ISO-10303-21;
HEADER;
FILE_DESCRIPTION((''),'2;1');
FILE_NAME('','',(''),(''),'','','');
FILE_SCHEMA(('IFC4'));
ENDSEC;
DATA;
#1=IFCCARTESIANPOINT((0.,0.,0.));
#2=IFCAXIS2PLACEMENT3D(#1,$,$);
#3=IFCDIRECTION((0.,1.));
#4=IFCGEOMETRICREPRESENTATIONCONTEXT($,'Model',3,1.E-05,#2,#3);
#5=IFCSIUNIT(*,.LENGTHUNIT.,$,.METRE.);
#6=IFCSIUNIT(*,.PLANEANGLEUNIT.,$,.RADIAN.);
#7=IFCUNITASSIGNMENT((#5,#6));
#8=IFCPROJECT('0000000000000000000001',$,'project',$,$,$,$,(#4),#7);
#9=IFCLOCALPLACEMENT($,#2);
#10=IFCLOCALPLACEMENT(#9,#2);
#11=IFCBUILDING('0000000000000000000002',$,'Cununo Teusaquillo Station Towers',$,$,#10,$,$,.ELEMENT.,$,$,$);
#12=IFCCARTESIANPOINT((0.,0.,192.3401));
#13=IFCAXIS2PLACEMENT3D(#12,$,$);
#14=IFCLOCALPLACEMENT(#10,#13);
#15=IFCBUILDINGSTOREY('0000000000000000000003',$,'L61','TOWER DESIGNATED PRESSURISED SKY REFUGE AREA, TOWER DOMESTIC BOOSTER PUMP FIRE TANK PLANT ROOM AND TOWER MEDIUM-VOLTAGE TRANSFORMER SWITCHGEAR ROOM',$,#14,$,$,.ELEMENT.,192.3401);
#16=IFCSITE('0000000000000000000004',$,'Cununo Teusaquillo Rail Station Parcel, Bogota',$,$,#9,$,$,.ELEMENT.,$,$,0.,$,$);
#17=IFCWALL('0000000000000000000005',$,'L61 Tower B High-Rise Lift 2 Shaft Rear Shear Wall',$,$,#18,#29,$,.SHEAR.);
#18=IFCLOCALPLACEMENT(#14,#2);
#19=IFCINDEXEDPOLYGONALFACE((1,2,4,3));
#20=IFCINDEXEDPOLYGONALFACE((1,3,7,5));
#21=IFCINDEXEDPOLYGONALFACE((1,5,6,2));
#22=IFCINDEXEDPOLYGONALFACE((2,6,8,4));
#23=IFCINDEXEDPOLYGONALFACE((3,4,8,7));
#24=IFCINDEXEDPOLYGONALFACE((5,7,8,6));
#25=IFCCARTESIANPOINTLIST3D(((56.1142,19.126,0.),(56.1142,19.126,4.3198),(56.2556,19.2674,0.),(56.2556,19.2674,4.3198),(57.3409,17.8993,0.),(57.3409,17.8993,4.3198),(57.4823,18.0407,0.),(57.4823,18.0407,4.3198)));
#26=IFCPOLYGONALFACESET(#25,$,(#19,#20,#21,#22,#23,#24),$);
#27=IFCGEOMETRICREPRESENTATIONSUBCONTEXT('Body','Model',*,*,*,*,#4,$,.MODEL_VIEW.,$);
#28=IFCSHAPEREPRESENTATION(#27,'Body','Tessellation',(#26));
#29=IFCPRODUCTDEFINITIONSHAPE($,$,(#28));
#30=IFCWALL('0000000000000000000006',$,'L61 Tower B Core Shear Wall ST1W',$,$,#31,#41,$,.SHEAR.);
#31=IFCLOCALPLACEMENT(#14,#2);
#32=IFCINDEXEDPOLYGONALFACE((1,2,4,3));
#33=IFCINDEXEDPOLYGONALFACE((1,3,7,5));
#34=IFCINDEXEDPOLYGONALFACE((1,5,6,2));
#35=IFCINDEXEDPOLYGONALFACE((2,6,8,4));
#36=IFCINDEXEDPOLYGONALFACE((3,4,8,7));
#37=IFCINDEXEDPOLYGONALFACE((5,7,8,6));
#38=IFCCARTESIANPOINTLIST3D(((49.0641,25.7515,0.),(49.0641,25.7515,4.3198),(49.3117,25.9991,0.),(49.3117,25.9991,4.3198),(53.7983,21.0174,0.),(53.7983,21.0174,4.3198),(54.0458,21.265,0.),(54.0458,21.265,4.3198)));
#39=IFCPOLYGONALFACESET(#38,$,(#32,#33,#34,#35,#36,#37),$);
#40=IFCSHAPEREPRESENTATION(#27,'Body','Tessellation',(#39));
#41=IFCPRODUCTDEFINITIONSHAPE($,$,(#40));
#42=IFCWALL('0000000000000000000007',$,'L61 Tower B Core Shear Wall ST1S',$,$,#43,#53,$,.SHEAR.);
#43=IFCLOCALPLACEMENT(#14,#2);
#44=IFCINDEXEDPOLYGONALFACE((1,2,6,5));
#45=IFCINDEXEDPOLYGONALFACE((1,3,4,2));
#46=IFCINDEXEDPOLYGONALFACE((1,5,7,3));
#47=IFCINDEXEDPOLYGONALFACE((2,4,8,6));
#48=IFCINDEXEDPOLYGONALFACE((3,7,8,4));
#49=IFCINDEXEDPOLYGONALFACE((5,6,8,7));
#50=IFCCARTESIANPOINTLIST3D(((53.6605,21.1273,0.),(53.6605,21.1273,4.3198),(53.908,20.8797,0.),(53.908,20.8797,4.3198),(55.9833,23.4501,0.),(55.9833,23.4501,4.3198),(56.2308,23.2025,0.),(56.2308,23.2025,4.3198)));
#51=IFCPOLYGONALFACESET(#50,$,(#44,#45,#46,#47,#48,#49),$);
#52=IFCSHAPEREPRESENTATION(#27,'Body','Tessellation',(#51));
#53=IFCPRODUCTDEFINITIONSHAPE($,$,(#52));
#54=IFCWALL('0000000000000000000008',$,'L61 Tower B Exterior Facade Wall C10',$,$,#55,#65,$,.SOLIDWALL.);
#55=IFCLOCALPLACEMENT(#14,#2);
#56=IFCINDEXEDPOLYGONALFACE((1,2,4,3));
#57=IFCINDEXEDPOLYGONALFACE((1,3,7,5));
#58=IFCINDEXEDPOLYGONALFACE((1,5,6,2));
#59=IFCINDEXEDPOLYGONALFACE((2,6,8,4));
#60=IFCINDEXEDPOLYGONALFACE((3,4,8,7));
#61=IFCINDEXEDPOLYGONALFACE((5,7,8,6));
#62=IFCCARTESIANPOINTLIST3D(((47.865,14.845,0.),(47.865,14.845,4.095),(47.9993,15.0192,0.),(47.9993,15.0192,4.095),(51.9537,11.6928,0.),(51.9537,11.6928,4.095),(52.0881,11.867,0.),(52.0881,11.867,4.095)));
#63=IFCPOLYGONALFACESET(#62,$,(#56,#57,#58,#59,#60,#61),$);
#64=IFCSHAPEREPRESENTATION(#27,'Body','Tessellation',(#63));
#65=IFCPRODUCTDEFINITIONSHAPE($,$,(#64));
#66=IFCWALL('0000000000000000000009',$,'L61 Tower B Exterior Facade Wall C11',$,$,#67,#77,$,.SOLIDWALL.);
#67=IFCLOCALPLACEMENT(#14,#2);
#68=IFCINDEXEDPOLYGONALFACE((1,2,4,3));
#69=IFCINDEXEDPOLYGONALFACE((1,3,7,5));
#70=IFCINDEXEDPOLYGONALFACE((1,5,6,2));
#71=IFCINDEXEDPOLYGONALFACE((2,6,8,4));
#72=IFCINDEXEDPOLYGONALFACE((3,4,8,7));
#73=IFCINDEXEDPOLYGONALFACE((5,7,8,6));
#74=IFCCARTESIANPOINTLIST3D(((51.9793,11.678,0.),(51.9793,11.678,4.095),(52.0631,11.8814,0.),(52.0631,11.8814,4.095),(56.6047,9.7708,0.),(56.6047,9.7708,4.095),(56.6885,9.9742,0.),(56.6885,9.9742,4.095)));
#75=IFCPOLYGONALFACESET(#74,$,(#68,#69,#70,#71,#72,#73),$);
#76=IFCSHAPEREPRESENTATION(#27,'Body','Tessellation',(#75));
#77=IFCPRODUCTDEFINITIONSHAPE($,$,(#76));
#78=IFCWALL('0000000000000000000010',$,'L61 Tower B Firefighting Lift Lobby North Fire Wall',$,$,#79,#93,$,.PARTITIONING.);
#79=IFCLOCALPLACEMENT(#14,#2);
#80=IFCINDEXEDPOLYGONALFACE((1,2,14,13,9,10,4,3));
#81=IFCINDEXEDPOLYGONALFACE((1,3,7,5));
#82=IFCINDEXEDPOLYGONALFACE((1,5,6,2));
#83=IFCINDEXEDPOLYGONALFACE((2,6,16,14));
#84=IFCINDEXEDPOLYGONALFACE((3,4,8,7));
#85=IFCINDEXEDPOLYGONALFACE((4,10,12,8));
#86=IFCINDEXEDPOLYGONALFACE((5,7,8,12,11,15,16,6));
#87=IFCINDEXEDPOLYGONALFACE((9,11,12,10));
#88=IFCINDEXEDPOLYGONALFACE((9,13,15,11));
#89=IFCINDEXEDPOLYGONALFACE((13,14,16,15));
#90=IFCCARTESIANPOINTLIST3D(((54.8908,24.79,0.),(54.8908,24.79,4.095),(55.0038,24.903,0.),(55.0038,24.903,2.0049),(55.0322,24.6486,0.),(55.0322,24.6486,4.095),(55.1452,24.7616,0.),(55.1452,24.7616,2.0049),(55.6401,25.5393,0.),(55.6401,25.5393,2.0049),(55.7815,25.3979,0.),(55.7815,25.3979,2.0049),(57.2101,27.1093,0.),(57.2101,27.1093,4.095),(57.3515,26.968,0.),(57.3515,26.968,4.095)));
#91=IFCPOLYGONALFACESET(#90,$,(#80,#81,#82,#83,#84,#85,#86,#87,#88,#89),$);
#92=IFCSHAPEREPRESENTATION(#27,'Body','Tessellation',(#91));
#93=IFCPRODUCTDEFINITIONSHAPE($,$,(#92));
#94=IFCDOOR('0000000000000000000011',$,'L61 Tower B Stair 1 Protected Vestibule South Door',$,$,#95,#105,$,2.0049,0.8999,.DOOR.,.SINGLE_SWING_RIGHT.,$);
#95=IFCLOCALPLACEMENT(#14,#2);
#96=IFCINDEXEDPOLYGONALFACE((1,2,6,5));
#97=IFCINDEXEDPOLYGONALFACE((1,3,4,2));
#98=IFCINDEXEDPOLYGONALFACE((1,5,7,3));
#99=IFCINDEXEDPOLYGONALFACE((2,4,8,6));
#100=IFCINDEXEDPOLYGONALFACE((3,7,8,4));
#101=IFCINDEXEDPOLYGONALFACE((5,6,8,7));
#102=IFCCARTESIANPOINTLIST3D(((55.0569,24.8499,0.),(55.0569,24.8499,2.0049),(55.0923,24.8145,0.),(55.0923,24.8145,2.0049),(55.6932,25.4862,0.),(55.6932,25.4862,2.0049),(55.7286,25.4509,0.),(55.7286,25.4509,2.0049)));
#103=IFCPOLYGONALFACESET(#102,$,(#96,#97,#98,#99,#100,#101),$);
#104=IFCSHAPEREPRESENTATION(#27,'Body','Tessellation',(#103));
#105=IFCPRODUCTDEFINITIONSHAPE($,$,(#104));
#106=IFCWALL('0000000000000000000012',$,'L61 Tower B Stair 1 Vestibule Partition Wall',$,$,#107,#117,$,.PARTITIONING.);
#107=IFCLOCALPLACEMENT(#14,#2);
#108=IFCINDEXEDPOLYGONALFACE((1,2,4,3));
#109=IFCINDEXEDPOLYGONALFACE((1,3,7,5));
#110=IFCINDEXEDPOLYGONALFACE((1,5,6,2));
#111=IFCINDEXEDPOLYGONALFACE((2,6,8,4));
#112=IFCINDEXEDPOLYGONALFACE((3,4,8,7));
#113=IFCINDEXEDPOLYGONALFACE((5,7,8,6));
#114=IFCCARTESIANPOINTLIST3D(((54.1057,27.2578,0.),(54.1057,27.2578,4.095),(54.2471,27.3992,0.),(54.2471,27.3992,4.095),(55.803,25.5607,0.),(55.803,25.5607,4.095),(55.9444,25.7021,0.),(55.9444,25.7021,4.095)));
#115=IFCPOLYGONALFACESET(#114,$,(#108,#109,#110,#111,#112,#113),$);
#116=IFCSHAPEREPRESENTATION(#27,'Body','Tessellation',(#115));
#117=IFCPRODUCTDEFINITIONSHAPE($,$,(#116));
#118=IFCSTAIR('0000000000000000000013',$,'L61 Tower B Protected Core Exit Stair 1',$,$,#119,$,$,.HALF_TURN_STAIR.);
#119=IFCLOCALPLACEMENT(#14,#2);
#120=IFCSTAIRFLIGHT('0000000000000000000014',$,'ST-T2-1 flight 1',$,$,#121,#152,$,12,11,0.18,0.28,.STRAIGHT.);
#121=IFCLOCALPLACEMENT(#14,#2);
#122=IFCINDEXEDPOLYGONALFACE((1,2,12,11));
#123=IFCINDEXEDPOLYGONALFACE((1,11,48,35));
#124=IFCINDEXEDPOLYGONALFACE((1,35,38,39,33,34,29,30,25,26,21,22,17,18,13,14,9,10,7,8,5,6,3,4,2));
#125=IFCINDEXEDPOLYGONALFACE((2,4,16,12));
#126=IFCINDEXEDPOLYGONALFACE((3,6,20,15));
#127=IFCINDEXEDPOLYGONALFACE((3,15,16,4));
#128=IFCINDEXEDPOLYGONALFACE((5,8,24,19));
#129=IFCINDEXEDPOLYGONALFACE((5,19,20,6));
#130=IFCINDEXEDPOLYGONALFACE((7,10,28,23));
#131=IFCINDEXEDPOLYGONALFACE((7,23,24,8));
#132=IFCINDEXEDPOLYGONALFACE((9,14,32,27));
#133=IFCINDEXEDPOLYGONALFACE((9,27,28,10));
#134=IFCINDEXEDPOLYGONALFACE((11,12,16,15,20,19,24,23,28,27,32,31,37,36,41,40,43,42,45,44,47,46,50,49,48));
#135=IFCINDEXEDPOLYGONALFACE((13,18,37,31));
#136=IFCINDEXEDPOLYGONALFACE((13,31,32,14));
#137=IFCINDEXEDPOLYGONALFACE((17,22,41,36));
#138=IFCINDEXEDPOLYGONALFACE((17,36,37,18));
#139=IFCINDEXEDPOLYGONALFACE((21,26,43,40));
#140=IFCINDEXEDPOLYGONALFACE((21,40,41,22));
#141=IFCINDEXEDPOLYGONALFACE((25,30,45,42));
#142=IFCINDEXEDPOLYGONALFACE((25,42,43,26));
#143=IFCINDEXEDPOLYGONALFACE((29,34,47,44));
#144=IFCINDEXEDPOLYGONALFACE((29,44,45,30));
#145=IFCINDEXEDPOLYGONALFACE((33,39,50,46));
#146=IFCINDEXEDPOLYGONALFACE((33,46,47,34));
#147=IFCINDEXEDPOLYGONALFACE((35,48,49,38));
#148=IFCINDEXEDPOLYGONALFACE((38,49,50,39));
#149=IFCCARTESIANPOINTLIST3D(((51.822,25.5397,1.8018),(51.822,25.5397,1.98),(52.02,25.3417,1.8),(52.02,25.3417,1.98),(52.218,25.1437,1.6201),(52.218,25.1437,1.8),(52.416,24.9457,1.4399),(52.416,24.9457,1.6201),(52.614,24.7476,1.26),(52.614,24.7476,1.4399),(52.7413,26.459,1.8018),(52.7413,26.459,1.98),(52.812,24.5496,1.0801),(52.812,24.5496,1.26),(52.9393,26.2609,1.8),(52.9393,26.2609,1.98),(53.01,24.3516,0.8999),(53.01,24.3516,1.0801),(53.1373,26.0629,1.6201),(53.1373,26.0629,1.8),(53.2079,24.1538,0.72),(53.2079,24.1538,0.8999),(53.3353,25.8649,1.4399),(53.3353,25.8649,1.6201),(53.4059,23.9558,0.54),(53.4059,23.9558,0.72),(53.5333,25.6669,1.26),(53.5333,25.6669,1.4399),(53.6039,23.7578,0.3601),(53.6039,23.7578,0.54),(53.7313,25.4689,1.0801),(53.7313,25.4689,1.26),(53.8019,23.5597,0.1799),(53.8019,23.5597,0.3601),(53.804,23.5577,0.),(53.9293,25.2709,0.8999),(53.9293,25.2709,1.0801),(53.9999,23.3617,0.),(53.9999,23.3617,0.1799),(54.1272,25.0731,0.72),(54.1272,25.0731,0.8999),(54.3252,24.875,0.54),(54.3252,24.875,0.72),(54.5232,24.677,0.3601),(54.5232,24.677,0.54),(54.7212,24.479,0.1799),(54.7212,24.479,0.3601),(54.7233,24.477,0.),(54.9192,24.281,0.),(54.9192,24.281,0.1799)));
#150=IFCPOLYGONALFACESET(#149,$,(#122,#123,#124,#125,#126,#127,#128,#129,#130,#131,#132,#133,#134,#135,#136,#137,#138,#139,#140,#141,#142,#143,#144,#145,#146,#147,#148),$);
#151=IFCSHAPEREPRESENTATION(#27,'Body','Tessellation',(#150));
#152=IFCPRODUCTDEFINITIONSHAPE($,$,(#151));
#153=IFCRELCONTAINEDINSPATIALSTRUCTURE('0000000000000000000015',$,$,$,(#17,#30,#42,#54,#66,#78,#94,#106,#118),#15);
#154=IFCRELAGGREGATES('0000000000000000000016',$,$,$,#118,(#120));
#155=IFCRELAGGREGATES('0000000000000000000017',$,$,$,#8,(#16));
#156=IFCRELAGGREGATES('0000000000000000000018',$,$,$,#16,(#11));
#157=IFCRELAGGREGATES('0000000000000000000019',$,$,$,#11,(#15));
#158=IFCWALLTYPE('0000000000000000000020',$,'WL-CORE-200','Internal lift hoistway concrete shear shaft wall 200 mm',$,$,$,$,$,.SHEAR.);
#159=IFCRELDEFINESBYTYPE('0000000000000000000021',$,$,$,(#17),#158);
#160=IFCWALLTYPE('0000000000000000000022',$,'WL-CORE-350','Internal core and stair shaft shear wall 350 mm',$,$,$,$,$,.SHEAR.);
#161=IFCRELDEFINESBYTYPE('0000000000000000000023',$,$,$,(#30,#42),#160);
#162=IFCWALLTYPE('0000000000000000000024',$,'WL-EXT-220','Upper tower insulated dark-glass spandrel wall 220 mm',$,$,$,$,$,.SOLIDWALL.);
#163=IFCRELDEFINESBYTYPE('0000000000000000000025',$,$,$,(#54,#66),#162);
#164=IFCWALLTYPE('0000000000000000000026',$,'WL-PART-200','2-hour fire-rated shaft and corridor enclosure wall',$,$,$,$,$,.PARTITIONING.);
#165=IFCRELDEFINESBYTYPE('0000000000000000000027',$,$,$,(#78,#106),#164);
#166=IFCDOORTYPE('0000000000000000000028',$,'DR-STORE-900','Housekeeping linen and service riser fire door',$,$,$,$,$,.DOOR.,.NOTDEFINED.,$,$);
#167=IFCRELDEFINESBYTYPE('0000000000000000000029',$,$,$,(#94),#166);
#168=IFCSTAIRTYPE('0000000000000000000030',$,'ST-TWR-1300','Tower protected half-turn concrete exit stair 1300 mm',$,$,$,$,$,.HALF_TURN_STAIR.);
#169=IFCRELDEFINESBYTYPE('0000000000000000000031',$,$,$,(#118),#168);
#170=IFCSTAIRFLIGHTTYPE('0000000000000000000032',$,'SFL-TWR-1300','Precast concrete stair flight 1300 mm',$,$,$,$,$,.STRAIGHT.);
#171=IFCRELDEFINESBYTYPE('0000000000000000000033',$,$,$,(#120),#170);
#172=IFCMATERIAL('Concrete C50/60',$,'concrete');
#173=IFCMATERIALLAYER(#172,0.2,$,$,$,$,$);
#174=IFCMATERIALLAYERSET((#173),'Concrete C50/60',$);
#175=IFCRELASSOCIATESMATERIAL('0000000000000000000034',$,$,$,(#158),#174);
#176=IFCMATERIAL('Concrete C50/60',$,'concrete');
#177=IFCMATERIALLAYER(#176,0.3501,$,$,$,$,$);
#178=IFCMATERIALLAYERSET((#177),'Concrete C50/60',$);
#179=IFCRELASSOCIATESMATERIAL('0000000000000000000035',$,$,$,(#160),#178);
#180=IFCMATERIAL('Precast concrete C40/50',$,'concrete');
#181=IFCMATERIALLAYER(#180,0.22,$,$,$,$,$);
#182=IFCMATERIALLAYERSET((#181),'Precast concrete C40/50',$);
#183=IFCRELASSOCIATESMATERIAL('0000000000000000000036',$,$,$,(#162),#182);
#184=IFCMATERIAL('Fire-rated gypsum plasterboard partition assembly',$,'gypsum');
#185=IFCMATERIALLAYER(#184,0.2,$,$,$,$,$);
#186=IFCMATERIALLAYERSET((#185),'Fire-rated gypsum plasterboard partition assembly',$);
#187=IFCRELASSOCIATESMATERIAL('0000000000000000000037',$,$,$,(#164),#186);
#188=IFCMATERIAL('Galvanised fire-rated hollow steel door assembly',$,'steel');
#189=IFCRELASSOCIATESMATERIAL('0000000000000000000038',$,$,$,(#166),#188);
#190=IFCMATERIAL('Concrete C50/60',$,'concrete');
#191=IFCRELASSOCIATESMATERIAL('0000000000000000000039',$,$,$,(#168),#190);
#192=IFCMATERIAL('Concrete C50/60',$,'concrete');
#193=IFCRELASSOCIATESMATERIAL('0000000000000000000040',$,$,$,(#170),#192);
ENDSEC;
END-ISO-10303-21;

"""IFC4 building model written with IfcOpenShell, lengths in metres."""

from ifc_helpers import new_model, si_unit, direction, frame, frame_2d, origin, place, context, subcontext, project, spatial, polyline, rectangle, outline, extrude, source, transform, mapped, material, layer, layer_set, type_object, element, fill, aggregate, save


model = new_model("IFC4")

# Units and contexts
model_context = context("Model", 3, precision=1e-05, world=origin(), true_north=direction((0.0, 1.0)))
body_context = subcontext(model_context, "Body", "Model", "MODEL_VIEW")
ifc_project = project(units=[si_unit("LENGTHUNIT", "METRE"), si_unit("PLANEANGLEUNIT", "RADIAN")], contexts=[model_context])

# Site, building, storey
site_placement = place(None, origin())
site = spatial("IfcSite", under=ifc_project, at=site_placement, Name="Cununo Teusaquillo Rail Station Parcel, Bogota", CompositionType="ELEMENT", RefElevation=0.0)
building_placement = place(site_placement, origin())
building = spatial("IfcBuilding", under=site, at=building_placement, Name="Cununo Teusaquillo Station Towers", CompositionType="ELEMENT")
storey_placement = place(building_placement, frame((0.0, 0.0, 192.3401)))
storey = spatial("IfcBuildingStorey", under=building, at=storey_placement, Name="L61", Description="TOWER DESIGNATED PRESSURISED SKY REFUGE AREA, TOWER DOMESTIC BOOSTER PUMP FIRE TANK PLANT ROOM AND TOWER MEDIUM-VOLTAGE TRANSFORMER SWITCHGEAR ROOM", CompositionType="ELEMENT", Elevation=192.3401)

# Walls
ifc_material_1 = material(Name="Concrete C50/60", Category="concrete")
ifc_layer_1 = layer(ifc_material_1, 0.2)
ifc_layer_set_1 = layer_set([ifc_layer_1], Name="Concrete C50/60")
wall_type_1 = type_object("IfcWallType", Name="WL-CORE-200", Description="Internal lift hoistway concrete shear shaft wall 200 mm", PredefinedType="SHEAR", material=ifc_layer_set_1)
wall_1_placement = place(storey_placement, frame((57.4116, 17.97, 0.0), z_axis=(0.0, 0.0, 1.0), x_axis=(-0.707107, 0.707107, 0.0)))
element("IfcWall", 1, at=wall_1_placement, inside=storey, type_object=wall_type_1, Name="L61 Tower B High-Rise Lift 2 Shaft Rear Shear Wall", PredefinedType="SHEAR", context=body_context, shape_type="SweptSolid", body=[
    extrude(rectangle(XDim=1.7349, YDim=0.2, at=frame_2d((0.8674, 0.0))), origin(), (0.0, 0.0, 1.0), 4.3198),
])
ifc_material_2 = material(Name="Concrete C50/60", Category="concrete")
ifc_layer_2 = layer(ifc_material_2, 0.3501)
ifc_layer_set_2 = layer_set([ifc_layer_2], Name="Concrete C50/60")
wall_type_2 = type_object("IfcWallType", Name="WL-CORE-350", Description="Internal core and stair shaft shear wall 350 mm", PredefinedType="SHEAR", material=ifc_layer_set_2)
wall_2_placement = place(storey_placement, frame((53.9221, 21.1411, 0.0), z_axis=(0.0, 0.0, 1.0), x_axis=(-0.707107, 0.707107, 0.0)))
element("IfcWall", 2, at=wall_2_placement, inside=storey, type_object=wall_type_2, Name="L61 Tower B Core Shear Wall ST1W", PredefinedType="SHEAR", context=body_context, shape_type="SweptSolid", body=[
    extrude(rectangle(XDim=6.6951, YDim=0.3501, at=frame_2d((3.3477, 0.0))), origin(), (0.0, 0.0, 1.0), 4.3198),
])
wall_3_placement = place(storey_placement, frame((53.7842, 21.0034, 0.0), z_axis=(0.0, 0.0, 1.0), x_axis=(0.707107, 0.707107, 0.0)))
element("IfcWall", 3, at=wall_3_placement, inside=storey, type_object=wall_type_2, Name="L61 Tower B Core Shear Wall ST1S", PredefinedType="SHEAR", context=body_context, shape_type="SweptSolid", body=[
    extrude(rectangle(XDim=3.2849, YDim=0.3501, at=frame_2d((1.6426, 0.0))), origin(), (0.0, 0.0, 1.0), 4.3198),
])
ifc_material_3 = material(Name="Precast concrete C40/50", Category="concrete")
ifc_layer_3 = layer(ifc_material_3, 0.22)
ifc_layer_set_3 = layer_set([ifc_layer_3], Name="Precast concrete C40/50")
wall_type_3 = type_object("IfcWallType", Name="WL-EXT-220", Description="Upper tower insulated dark-glass spandrel wall 220 mm", PredefinedType="SOLIDWALL", material=ifc_layer_set_3)
wall_4_placement = place(storey_placement, frame((52.021, 11.7798, 0.0), z_axis=(0.0, 0.0, 1.0), x_axis=(-0.791963, 0.61057, 0.0)))
element("IfcWall", 4, at=wall_4_placement, inside=storey, type_object=wall_type_3, Name="L61 Tower B Exterior Facade Wall C10", PredefinedType="SOLIDWALL", context=body_context, shape_type="SweptSolid", body=[
    extrude(rectangle(XDim=5.1628, YDim=0.22, at=frame_2d((2.5815, 0.0))), origin(), (0.0, 0.0, 1.0), 4.095),
])
wall_5_placement = place(storey_placement, frame((56.6465, 9.8726, 0.0), z_axis=(0.0, 0.0, 1.0), x_axis=(-0.924494, 0.381196, 0.0)))
element("IfcWall", 5, at=wall_5_placement, inside=storey, type_object=wall_type_3, Name="L61 Tower B Exterior Facade Wall C11", PredefinedType="SOLIDWALL", context=body_context, shape_type="SweptSolid", body=[
    extrude(rectangle(XDim=5.0032, YDim=0.22, at=frame_2d((2.5015, 0.0))), origin(), (0.0, 0.0, 1.0), 4.095),
])

# Wall, opening, door
ifc_material_4 = material(Name="Fire-rated gypsum plasterboard partition assembly", Category="gypsum")
ifc_layer_4 = layer(ifc_material_4, 0.2)
ifc_layer_set_4 = layer_set([ifc_layer_4], Name="Fire-rated gypsum plasterboard partition assembly")
wall_type_4 = type_object("IfcWallType", Name="WL-PART-200", Description="2-hour fire-rated shaft and corridor enclosure wall", PredefinedType="PARTITIONING", material=ifc_layer_set_4)
wall_6_placement = place(storey_placement, frame((54.9614, 24.7192, 0.0), z_axis=(0.0, 0.0, 1.0), x_axis=(0.707107, 0.707107, 0.0)))
wall_6 = element("IfcWall", 6, at=wall_6_placement, inside=storey, type_object=wall_type_4, Name="L61 Tower B Firefighting Lift Lobby North Fire Wall", PredefinedType="PARTITIONING", context=body_context, shape_type="SweptSolid", body=[
    extrude(rectangle(XDim=3.28, YDim=0.2, at=frame_2d((1.6401, 0.0))), origin(), (0.0, 0.0, 1.0), 4.095),
])
shared_shape_1 = source(origin(), body_context, "Body", "SweptSolid", [
    extrude(rectangle(XDim=0.8999, YDim=2.0049, at=frame_2d((0.45, 1.0024))), frame((0.0, 0.1099, 0.0), z_axis=(0.0, -1.0, 0.0), x_axis=(1.0, 0.0, 0.0)), (0.0, 0.0, 1.0), 0.22),
])
opening_placement = place(wall_6_placement, frame((0.1599, 0.0, 0.0)))
opening = element("IfcOpeningElement", 7, at=opening_placement, cuts=wall_6, PredefinedType="OPENING", context=body_context, shape_type="MappedRepresentation", body=[
    mapped(shared_shape_1, transform((0.0, 0.0, 0.0), x_axis=(1.0, 0.0, 0.0), y_axis=(0.0, 1.0, 0.0), z_axis=(0.0, 0.0, 1.0), scale=1.0)),
])
ifc_material_5 = material(Name="Galvanised fire-rated hollow steel door assembly", Category="steel")
door_type = type_object("IfcDoorType", Name="DR-STORE-900", Description="Housekeeping linen and service riser fire door", OperationType="NOTDEFINED", PredefinedType="DOOR", material=ifc_material_5)
shared_shape_2 = source(origin(), body_context, "Body", "SweptSolid", [
    extrude(rectangle(XDim=0.8999, YDim=2.0049, at=frame_2d((0.45, 1.0024))), frame((0.0, 0.0249, 0.0), z_axis=(0.0, -1.0, 0.0), x_axis=(1.0, 0.0, 0.0)), (0.0, 0.0, 1.0), 0.05),
])
door_placement = place(opening_placement, origin())
door = element("IfcDoor", 8, at=door_placement, inside=storey, type_object=door_type, Name="L61 Tower B Stair 1 Protected Vestibule South Door", OperationType="SINGLE_SWING_RIGHT", OverallHeight=2.0049, OverallWidth=0.8999, PredefinedType="DOOR", context=body_context, shape_type="MappedRepresentation", body=[
    mapped(shared_shape_2, transform((0.0, 0.0, 0.0), x_axis=(1.0, 0.0, 0.0), y_axis=(0.0, 1.0, 0.0), z_axis=(0.0, 0.0, 1.0), scale=1.0)),
])
fill(opening, door)

# Wall
wall_7_placement = place(storey_placement, frame((55.8738, 25.6313, 0.0), z_axis=(0.0, 0.0, 1.0), x_axis=(-0.707158, 0.707056, 0.0)))
element("IfcWall", 9, at=wall_7_placement, inside=storey, type_object=wall_type_4, Name="L61 Tower B Stair 1 Vestibule Partition Wall", PredefinedType="PARTITIONING", context=body_context, shape_type="SweptSolid", body=[
    extrude(rectangle(XDim=2.4001, YDim=0.2, at=frame_2d((1.2002, 0.0))), origin(), (0.0, 0.0, 1.0), 4.095),
])

# Stair, stair flight
ifc_material_6 = material(Name="Concrete C50/60", Category="concrete")
stair_type = type_object("IfcStairType", Name="ST-TWR-1300", Description="Tower protected half-turn concrete exit stair 1300 mm", PredefinedType="HALF_TURN_STAIR", material=ifc_material_6)
stair_placement = place(storey_placement, origin())
stair = element("IfcStair", 10, at=stair_placement, inside=storey, type_object=stair_type, Name="L61 Tower B Protected Core Exit Stair 1", PredefinedType="HALF_TURN_STAIR")
ifc_material_7 = material(Name="Concrete C50/60", Category="concrete")
stair_flight_type = type_object("IfcStairFlightType", Name="SFL-TWR-1300", Description="Precast concrete stair flight 1300 mm", PredefinedType="STRAIGHT", material=ifc_material_7)
stair_flight_1_placement = place(storey_placement, frame((54.4595, 23.8213, 0.0), z_axis=(0.0, 0.0, 1.0), x_axis=(-0.707107, 0.707107, 0.0)))
stair_flight_1 = element("IfcStairFlight", 11, at=stair_flight_1_placement, type_object=stair_flight_type, Name="ST-T2-1 flight 1", NumberOfRisers=12, NumberOfTreads=11, PredefinedType="STRAIGHT", RiserHeight=0.18, TreadLength=0.28, context=body_context, shape_type="SweptSolid", body=[
    extrude(outline(polyline([(0.0, 0.0), (0.0, 0.1799), (0.28, 0.1799), (0.28, 0.3601), (0.5601, 0.3601), (0.5601, 0.54), (0.8401, 0.54), (0.8401, 0.72), (1.1201, 0.72), (1.1201, 0.8999), (1.3999, 0.8999), (1.3999, 1.0801), (1.6799, 1.0801), (1.6799, 1.26), (1.96, 1.26), (1.96, 1.4399), (2.24, 1.4399), (2.24, 1.6201), (2.52, 1.6201), (2.52, 1.8), (2.8, 1.8), (2.8, 1.98), (3.0801, 1.98), (3.0801, 2.1599), (3.0801, 1.8018), (0.2771, 0.0), (0.0, 0.0)])), frame((0.0, 0.6499, 0.0), z_axis=(0.0, -1.0, 0.0), x_axis=(1.0, 0.0, 0.0)), (0.0, 0.0, 1.0), 1.3),
])
aggregate(stair, [stair_flight_1])

save(model, "model.ifc")
